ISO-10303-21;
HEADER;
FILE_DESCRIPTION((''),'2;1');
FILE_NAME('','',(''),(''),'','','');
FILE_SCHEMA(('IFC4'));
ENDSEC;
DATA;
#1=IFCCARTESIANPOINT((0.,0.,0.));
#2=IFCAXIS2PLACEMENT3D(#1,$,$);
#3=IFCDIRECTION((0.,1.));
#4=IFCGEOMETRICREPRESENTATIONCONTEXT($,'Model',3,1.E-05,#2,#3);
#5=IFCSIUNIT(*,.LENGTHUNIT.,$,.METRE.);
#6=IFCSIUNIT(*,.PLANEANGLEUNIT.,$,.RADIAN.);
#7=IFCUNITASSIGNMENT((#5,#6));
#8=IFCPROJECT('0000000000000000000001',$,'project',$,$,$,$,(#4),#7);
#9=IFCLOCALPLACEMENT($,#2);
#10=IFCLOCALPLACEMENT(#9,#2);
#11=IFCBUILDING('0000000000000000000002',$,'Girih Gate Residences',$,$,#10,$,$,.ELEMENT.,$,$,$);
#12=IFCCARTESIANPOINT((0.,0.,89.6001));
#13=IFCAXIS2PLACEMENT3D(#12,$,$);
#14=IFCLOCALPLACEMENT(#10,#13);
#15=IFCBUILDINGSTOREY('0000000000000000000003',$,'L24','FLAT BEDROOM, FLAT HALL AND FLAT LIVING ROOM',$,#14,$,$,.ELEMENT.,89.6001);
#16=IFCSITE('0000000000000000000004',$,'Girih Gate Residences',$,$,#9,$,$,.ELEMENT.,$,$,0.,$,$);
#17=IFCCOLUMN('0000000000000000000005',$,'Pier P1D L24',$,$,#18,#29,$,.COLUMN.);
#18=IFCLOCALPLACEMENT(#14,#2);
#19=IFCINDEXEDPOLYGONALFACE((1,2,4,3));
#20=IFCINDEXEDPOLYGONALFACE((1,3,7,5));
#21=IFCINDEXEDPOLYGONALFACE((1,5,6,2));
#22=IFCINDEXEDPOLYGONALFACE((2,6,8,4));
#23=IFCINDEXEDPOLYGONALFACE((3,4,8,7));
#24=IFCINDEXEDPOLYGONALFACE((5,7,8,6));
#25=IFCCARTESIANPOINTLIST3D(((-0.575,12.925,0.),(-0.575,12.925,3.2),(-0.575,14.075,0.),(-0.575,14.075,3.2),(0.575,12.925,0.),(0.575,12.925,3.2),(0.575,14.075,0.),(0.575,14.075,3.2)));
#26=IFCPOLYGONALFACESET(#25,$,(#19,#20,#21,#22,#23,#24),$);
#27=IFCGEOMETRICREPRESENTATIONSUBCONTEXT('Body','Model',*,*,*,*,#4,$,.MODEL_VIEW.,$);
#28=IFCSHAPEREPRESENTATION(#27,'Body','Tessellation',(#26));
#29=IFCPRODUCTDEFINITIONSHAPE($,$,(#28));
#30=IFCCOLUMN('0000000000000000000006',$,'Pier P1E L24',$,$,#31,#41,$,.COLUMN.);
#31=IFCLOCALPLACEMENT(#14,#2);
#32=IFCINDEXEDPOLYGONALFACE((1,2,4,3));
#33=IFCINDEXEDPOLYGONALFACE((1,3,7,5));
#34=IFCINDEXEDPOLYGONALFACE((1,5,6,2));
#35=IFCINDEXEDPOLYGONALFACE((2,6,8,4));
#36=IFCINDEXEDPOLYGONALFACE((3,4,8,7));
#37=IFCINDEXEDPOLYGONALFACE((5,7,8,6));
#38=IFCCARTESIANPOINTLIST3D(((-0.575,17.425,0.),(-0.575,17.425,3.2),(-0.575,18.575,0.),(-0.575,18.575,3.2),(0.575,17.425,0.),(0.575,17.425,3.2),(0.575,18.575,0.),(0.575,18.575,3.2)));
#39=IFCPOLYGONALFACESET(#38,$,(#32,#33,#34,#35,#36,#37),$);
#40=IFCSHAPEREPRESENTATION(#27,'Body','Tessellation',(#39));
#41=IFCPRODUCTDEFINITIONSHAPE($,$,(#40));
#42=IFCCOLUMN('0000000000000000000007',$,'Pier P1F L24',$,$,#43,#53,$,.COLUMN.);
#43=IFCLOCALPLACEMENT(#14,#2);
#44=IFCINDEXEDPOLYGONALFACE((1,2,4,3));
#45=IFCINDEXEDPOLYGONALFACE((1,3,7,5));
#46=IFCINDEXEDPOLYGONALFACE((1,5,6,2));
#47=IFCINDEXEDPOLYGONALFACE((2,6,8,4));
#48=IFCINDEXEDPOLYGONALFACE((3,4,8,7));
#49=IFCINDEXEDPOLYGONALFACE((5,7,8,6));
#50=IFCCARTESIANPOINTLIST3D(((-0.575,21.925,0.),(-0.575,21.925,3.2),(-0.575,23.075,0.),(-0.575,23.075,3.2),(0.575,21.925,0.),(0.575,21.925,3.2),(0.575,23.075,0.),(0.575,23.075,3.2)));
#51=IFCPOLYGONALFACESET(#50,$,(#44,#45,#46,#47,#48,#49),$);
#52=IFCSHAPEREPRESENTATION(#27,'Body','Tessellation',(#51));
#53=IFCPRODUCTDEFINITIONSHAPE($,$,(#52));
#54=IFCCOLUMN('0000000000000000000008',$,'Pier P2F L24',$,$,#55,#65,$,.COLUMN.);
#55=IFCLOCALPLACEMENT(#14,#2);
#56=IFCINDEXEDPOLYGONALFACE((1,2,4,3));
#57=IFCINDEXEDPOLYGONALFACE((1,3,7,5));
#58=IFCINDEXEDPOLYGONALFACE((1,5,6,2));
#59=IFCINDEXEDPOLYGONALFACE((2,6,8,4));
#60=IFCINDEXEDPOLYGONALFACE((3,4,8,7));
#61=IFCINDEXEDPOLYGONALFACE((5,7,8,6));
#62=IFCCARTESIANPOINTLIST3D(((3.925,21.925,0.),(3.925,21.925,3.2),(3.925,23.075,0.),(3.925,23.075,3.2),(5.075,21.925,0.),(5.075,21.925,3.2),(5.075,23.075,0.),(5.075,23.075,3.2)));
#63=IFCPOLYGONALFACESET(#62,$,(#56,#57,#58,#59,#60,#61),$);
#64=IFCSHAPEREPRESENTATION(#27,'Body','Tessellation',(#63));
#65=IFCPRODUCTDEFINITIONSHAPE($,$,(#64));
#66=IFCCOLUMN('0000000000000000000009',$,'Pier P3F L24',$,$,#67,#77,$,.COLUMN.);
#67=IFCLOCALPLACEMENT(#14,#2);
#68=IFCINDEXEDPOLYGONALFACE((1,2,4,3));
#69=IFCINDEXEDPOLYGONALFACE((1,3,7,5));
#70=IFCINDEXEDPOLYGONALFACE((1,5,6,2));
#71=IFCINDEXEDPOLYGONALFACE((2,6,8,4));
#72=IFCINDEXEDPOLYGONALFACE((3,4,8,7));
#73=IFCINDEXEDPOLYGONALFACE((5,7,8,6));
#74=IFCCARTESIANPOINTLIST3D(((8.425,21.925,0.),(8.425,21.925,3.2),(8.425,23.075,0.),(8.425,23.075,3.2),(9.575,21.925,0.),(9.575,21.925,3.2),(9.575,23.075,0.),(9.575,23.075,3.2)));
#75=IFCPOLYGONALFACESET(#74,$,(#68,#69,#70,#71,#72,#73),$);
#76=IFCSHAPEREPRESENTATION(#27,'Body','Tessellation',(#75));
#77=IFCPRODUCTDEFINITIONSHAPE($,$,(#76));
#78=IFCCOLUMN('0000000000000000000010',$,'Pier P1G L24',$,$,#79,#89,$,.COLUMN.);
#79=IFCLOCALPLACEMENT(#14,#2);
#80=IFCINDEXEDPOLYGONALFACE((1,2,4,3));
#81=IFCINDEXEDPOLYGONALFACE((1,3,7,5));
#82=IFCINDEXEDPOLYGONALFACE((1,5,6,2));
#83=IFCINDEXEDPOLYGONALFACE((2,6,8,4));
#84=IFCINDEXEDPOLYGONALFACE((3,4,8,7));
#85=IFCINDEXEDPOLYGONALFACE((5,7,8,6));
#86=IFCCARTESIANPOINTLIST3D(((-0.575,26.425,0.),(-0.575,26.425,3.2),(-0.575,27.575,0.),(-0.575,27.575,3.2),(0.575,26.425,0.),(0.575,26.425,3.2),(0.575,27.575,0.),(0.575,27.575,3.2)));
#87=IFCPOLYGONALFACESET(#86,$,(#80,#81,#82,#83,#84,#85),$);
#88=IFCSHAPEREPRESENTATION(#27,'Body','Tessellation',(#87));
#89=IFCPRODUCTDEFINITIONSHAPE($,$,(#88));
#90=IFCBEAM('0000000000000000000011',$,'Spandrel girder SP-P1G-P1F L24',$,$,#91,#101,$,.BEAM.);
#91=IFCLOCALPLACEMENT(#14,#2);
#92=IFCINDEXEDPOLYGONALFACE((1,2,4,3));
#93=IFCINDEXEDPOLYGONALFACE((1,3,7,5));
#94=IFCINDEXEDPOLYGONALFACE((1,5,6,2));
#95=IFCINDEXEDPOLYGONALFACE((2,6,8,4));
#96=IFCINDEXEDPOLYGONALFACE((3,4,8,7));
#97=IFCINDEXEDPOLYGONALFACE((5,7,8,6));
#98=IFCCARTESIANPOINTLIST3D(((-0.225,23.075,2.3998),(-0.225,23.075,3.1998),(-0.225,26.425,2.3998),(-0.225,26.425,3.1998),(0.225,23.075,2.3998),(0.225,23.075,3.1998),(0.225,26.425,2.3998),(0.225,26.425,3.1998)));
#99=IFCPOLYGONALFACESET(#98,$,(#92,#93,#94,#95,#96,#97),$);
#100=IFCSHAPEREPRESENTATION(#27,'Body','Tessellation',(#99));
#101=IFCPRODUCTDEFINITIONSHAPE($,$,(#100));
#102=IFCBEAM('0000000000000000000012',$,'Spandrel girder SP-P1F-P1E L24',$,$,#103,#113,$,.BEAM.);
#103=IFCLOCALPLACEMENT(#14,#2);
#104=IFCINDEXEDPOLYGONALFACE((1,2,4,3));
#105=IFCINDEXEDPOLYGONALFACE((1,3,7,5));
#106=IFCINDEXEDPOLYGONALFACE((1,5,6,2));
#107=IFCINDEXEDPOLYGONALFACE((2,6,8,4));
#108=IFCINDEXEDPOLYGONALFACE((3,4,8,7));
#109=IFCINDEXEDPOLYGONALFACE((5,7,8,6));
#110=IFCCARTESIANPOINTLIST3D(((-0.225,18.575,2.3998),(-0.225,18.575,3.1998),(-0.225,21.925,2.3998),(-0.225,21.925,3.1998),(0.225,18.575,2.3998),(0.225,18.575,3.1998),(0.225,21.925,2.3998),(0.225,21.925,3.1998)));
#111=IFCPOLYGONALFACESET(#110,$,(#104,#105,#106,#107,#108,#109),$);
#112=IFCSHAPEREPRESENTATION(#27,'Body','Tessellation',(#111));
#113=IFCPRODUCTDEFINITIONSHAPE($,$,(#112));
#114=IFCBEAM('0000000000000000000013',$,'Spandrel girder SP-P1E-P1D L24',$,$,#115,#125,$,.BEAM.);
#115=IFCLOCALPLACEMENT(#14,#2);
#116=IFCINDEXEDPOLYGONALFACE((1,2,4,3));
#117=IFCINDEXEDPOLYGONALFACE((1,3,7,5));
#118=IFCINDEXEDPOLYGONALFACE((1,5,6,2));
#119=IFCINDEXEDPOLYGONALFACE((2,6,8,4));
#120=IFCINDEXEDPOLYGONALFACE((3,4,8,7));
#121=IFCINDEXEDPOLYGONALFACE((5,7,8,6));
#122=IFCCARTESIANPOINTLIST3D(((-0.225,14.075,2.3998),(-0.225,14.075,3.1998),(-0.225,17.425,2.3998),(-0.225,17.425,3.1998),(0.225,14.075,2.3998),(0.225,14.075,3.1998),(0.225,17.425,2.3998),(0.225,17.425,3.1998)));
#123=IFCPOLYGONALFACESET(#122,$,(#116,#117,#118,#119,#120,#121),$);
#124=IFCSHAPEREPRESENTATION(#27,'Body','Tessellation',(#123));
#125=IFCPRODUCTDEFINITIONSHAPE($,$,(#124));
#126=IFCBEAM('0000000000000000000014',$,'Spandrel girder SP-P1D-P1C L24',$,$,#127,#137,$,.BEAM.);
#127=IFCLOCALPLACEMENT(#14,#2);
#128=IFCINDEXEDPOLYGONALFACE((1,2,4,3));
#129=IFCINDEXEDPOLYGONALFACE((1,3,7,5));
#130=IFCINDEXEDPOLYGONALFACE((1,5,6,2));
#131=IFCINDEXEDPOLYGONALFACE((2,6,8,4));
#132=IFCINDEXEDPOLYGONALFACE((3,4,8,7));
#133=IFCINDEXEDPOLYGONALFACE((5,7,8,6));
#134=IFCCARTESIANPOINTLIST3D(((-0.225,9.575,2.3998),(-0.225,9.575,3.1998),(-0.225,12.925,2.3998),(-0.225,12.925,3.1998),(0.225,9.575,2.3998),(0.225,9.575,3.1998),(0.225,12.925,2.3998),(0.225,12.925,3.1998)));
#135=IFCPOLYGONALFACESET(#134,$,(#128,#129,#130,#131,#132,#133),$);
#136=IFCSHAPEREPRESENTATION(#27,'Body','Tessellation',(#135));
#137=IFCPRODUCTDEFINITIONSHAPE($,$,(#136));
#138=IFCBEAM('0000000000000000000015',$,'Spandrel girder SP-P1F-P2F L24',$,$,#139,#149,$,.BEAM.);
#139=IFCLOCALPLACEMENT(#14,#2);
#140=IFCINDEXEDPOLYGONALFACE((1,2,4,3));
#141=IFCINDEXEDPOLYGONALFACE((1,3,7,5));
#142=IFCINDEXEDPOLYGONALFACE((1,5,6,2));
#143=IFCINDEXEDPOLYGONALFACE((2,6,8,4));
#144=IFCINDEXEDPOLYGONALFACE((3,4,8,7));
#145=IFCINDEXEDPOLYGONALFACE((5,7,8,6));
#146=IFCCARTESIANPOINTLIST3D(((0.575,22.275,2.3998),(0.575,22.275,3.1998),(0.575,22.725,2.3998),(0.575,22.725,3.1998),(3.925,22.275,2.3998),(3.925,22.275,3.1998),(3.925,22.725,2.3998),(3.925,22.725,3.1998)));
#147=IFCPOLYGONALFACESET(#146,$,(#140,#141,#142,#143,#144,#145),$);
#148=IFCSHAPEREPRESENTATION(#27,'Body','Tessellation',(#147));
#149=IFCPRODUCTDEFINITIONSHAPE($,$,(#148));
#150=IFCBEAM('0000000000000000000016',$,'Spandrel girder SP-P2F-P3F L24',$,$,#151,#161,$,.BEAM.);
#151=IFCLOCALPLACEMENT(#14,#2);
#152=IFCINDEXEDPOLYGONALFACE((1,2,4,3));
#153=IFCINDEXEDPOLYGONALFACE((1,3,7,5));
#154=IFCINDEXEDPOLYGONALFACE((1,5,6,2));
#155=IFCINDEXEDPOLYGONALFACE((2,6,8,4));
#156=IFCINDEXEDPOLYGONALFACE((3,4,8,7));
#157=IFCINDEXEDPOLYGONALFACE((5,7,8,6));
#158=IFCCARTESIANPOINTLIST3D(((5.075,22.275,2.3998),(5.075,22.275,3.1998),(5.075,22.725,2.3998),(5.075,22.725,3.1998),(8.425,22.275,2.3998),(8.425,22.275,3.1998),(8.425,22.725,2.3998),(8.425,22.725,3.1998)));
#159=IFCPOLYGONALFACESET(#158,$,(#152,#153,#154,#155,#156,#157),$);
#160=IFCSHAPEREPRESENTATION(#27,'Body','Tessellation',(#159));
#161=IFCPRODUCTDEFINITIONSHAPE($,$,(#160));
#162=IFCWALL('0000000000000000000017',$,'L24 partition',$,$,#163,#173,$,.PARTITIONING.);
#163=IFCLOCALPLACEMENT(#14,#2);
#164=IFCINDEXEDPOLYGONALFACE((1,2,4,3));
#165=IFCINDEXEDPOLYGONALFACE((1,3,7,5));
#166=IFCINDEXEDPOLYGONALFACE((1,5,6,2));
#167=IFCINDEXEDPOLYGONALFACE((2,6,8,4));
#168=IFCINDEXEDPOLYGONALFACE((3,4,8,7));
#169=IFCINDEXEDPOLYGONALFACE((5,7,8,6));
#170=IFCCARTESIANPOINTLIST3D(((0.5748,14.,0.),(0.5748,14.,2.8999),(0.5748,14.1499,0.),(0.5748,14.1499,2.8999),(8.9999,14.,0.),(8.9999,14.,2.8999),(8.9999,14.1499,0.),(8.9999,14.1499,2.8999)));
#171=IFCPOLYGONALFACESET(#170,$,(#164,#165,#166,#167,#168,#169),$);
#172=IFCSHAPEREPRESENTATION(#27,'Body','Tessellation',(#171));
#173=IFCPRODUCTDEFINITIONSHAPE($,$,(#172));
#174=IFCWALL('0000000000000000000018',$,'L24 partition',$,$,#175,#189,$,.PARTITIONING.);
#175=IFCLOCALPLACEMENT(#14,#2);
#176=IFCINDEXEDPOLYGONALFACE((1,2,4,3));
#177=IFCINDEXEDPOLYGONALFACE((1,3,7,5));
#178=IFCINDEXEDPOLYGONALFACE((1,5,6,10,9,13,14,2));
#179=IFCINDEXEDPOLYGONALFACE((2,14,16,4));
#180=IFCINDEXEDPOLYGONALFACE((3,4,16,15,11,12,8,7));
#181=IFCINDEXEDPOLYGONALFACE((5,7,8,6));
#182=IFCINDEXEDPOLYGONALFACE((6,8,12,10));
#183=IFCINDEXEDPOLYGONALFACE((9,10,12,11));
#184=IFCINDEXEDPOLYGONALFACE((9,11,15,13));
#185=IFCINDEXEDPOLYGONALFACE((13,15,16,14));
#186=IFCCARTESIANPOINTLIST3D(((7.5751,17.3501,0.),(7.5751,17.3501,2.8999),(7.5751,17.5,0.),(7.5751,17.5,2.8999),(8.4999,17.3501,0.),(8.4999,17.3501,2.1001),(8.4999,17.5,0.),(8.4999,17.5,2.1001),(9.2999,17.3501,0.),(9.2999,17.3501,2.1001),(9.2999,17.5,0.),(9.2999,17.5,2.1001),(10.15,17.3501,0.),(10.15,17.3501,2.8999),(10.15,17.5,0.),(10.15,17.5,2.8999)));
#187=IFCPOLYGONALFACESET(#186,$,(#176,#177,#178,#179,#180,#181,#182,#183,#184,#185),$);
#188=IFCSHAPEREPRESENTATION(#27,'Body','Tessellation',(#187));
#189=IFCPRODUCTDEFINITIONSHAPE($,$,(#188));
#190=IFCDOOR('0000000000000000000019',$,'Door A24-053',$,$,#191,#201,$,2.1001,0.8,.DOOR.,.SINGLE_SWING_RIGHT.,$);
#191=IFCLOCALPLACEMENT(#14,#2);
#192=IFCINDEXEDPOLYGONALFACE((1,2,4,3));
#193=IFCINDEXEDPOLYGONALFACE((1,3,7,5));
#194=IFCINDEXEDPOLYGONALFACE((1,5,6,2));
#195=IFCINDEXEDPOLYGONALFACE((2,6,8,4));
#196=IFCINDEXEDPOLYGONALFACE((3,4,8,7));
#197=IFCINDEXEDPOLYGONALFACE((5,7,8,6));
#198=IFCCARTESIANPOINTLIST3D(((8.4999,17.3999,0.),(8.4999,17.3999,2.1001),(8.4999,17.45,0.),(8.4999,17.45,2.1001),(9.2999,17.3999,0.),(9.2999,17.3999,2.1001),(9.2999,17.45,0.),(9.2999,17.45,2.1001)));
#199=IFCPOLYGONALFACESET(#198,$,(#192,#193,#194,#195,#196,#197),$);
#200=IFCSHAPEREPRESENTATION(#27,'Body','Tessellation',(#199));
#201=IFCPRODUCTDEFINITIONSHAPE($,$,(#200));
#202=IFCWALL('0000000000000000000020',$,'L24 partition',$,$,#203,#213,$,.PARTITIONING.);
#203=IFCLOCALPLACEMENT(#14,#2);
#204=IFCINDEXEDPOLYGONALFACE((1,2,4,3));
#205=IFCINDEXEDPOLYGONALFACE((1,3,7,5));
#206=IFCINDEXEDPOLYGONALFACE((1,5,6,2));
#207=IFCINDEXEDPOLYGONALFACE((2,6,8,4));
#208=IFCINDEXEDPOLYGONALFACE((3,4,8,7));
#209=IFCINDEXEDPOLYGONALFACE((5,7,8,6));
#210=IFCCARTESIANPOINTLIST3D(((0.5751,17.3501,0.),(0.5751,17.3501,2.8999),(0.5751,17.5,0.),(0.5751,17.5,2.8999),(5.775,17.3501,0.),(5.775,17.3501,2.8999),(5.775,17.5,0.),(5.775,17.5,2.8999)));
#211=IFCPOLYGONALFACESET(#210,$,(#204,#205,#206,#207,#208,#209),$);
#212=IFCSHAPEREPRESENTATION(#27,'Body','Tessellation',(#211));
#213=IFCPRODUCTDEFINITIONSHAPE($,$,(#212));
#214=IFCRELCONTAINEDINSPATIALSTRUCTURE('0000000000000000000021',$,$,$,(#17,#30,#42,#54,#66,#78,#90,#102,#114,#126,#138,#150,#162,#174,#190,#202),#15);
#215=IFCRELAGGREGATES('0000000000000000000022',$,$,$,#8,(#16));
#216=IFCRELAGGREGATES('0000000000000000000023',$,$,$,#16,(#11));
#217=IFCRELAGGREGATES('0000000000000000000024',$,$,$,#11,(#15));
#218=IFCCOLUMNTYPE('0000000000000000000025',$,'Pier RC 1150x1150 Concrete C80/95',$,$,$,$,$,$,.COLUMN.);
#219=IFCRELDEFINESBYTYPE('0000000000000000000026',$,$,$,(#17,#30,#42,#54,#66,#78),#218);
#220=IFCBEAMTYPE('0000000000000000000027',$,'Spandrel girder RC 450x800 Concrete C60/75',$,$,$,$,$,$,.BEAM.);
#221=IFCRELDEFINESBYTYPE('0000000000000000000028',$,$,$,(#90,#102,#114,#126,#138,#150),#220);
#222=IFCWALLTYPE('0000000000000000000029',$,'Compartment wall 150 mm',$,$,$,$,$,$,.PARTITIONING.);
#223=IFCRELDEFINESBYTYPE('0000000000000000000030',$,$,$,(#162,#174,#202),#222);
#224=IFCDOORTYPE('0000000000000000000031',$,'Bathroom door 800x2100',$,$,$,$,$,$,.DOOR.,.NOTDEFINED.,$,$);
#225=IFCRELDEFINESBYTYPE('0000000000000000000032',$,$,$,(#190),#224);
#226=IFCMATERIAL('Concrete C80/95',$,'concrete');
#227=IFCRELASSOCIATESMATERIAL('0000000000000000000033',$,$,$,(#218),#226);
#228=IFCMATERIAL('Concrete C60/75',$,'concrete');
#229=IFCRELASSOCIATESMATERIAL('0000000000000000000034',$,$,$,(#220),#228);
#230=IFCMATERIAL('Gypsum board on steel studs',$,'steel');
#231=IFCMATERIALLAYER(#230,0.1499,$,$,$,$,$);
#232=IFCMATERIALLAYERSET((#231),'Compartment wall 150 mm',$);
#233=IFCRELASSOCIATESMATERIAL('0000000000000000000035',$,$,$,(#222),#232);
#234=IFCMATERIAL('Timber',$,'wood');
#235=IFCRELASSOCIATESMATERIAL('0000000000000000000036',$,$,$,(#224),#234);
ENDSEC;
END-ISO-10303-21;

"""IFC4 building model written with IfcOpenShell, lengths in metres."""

from ifc_helpers import new_model, si_unit, direction, frame, frame_2d, origin, origin_2d, place, context, subcontext, project, spatial, rectangle, extrude, material, layer, layer_set, material_profile, profile_set, type_object, element, fill, save


model = new_model("IFC4")

# Units and contexts
model_context = context("Model", 3, precision=1e-05, world=origin(), true_north=direction((0.0, 1.0)))
body_context = subcontext(model_context, "Body", "Model", "MODEL_VIEW")
ifc_project = project(units=[si_unit("LENGTHUNIT", "METRE"), si_unit("PLANEANGLEUNIT", "RADIAN")], contexts=[model_context])

# Site, building, storey
site_placement = place(None, origin())
site = spatial("IfcSite", under=ifc_project, at=site_placement, Name="Girih Gate Residences", CompositionType="ELEMENT", RefElevation=0.0)
building_placement = place(site_placement, origin())
building = spatial("IfcBuilding", under=site, at=building_placement, Name="Girih Gate Residences", CompositionType="ELEMENT")
storey_placement = place(building_placement, frame((0.0, 0.0, 89.6001)))
storey = spatial("IfcBuildingStorey", under=building, at=storey_placement, Name="L24", Description="FLAT BEDROOM, FLAT HALL AND FLAT LIVING ROOM", CompositionType="ELEMENT", Elevation=89.6001)

# Columns
ifc_material_1 = material(Name="Concrete C80/95", Category="concrete")
ifc_material_profile_1 = material_profile(ifc_material_1, rectangle(XDim=1.1499, YDim=1.1499, at=origin_2d()))
ifc_profile_set_1 = profile_set([ifc_material_profile_1], Name="Concrete C80/95")
column_type = type_object("IfcColumnType", Name="Pier RC 1150x1150 Concrete C80/95", PredefinedType="COLUMN", material=ifc_profile_set_1)
for number, where, z_axis, x_axis, name in (
    (1, (0.0, 13.5, 0.0), (0.0, 0.0, 1.0), (1.0, 0.0, 0.0), "Pier P1D L24"),
    (2, (0.0, 18.0, 0.0), (0.0, 0.0, 1.0), (1.0, 0.0, 0.0), "Pier P1E L24"),
    (3, (0.0, 22.5, 0.0), (0.0, 0.0, 1.0), (1.0, 0.0, 0.0), "Pier P1F L24"),
    (4, (4.5, 22.5, 0.0), (0.0, 0.0, 1.0), (1.0, 0.0, 0.0), "Pier P2F L24"),
    (5, (9.0, 22.5, 0.0), (0.0, 0.0, 1.0), (1.0, 0.0, 0.0), "Pier P3F L24"),
    (6, (0.0, 27.0, 0.0), (0.0, 0.0, 1.0), (1.0, 0.0, 0.0), "Pier P1G L24"),
):
    element("IfcColumn", number, at=place(storey_placement, frame(where, z_axis=z_axis, x_axis=x_axis)), inside=storey, type_object=column_type, Name=name, PredefinedType="COLUMN", context=body_context, shape_type="SweptSolid", body=[
        extrude(rectangle(XDim=1.1499, YDim=1.1499, at=origin_2d()), origin(), (0.0, 0.0, 1.0), 3.2),
    ])

# Beams
ifc_material_2 = material(Name="Concrete C60/75", Category="concrete")
ifc_material_profile_2 = material_profile(ifc_material_2, rectangle(XDim=0.45, YDim=0.8, at=origin_2d()))
ifc_profile_set_2 = profile_set([ifc_material_profile_2], Name="Concrete C60/75")
beam_type = type_object("IfcBeamType", Name="Spandrel girder RC 450x800 Concrete C60/75", PredefinedType="BEAM", material=ifc_profile_set_2)
for number, where, z_axis, x_axis, name in (
    (7, (0.0, 26.425, 2.7998), (0.0, -1.0, 0.0), (1.0, 0.0, 0.0), "Spandrel girder SP-P1G-P1F L24"),
    (8, (0.0, 21.925, 2.7998), (0.0, -1.0, 0.0), (1.0, 0.0, 0.0), "Spandrel girder SP-P1F-P1E L24"),
    (9, (0.0, 17.425, 2.7998), (0.0, -1.0, 0.0), (1.0, 0.0, 0.0), "Spandrel girder SP-P1E-P1D L24"),
    (10, (0.0, 12.925, 2.7998), (0.0, -1.0, 0.0), (1.0, 0.0, 0.0), "Spandrel girder SP-P1D-P1C L24"),
    (11, (0.575, 22.5, 2.7998), (1.0, 0.0, 0.0), (0.0, 1.0, 0.0), "Spandrel girder SP-P1F-P2F L24"),
    (12, (5.075, 22.5, 2.7998), (1.0, 0.0, 0.0), (0.0, 1.0, 0.0), "Spandrel girder SP-P2F-P3F L24"),
):
    element("IfcBeam", number, at=place(storey_placement, frame(where, z_axis=z_axis, x_axis=x_axis)), inside=storey, type_object=beam_type, Name=name, PredefinedType="BEAM", context=body_context, shape_type="SweptSolid", body=[
        extrude(rectangle(XDim=0.45, YDim=0.8, at=origin_2d()), origin(), (0.0, 0.0, 1.0), 3.3501),
    ])

# Wall
ifc_material_3 = material(Name="Gypsum board on steel studs", Category="steel")
ifc_layer_1 = layer(ifc_material_3, 0.1499)
ifc_layer_set_1 = layer_set([ifc_layer_1], Name="Compartment wall 150 mm")
wall_type_1 = type_object("IfcWallType", Name="Compartment wall 150 mm", PredefinedType="PARTITIONING", material=ifc_layer_set_1)
wall_1_placement = place(storey_placement, frame((0.575, 14.075, 0.0), z_axis=(0.0, 0.0, 1.0), x_axis=(1.0, 0.0, 0.0)))
element("IfcWall", 13, at=wall_1_placement, inside=storey, type_object=wall_type_1, Name="L24 partition", PredefinedType="PARTITIONING", context=body_context, shape_type="SweptSolid", body=[
    extrude(rectangle(XDim=8.425, YDim=0.1499, at=frame_2d((4.2124, 0.0))), origin(), (0.0, 0.0, 1.0), 2.8999),
])

# Wall, opening, door
wall_2_placement = place(storey_placement, frame((7.575, 17.425, 0.0), z_axis=(0.0, 0.0, 1.0), x_axis=(1.0, 0.0, 0.0)))
wall_2 = element("IfcWall", 14, at=wall_2_placement, inside=storey, type_object=wall_type_1, Name="L24 partition", PredefinedType="PARTITIONING", context=body_context, shape_type="SweptSolid", body=[
    extrude(rectangle(XDim=2.575, YDim=0.1499, at=frame_2d((1.2876, 0.0))), origin(), (0.0, 0.0, 1.0), 2.8999),
])
opening_1_placement = place(wall_2_placement, frame((0.925, 0.0, 0.0)))
opening_1 = element("IfcOpeningElement", 15, at=opening_1_placement, cuts=wall_2, PredefinedType="OPENING", context=body_context, shape_type="SweptSolid", body=[
    extrude(rectangle(XDim=0.8, YDim=2.1001, at=frame_2d((0.3999, 1.05))), frame((0.0, 0.085, 0.0), z_axis=(0.0, -1.0, 0.0), x_axis=(1.0, 0.0, 0.0)), (0.0, 0.0, 1.0), 0.1699),
])
ifc_material_4 = material(Name="Timber", Category="wood")
door_type_1 = type_object("IfcDoorType", Name="Bathroom door 800x2100", OperationType="NOTDEFINED", PredefinedType="DOOR", material=ifc_material_4)
door_1_placement = place(opening_1_placement, origin())
door_1 = element("IfcDoor", 16, at=door_1_placement, inside=storey, type_object=door_type_1, Name="Door A24-053", OperationType="SINGLE_SWING_RIGHT", OverallHeight=2.1001, OverallWidth=0.8, PredefinedType="DOOR", context=body_context, shape_type="SweptSolid", body=[
    extrude(rectangle(XDim=0.8, YDim=2.1001, at=frame_2d((0.3999, 1.05))), frame((0.0, 0.0249, 0.0), z_axis=(0.0, -1.0, 0.0), x_axis=(1.0, 0.0, 0.0)), (0.0, 0.0, 1.0), 0.05),
])
fill(opening_1, door_1)

# Wall
wall_3_placement = place(storey_placement, frame((0.575, 17.425, 0.0), z_axis=(0.0, 0.0, 1.0), x_axis=(1.0, 0.0, 0.0)))
element("IfcWall", 17, at=wall_3_placement, inside=storey, type_object=wall_type_1, Name="L24 partition", PredefinedType="PARTITIONING", context=body_context, shape_type="SweptSolid", body=[
    extrude(rectangle(XDim=5.2, YDim=0.1499, at=frame_2d((2.6001, 0.0))), origin(), (0.0, 0.0, 1.0), 2.8999),
])

save(model, "model.ifc")
